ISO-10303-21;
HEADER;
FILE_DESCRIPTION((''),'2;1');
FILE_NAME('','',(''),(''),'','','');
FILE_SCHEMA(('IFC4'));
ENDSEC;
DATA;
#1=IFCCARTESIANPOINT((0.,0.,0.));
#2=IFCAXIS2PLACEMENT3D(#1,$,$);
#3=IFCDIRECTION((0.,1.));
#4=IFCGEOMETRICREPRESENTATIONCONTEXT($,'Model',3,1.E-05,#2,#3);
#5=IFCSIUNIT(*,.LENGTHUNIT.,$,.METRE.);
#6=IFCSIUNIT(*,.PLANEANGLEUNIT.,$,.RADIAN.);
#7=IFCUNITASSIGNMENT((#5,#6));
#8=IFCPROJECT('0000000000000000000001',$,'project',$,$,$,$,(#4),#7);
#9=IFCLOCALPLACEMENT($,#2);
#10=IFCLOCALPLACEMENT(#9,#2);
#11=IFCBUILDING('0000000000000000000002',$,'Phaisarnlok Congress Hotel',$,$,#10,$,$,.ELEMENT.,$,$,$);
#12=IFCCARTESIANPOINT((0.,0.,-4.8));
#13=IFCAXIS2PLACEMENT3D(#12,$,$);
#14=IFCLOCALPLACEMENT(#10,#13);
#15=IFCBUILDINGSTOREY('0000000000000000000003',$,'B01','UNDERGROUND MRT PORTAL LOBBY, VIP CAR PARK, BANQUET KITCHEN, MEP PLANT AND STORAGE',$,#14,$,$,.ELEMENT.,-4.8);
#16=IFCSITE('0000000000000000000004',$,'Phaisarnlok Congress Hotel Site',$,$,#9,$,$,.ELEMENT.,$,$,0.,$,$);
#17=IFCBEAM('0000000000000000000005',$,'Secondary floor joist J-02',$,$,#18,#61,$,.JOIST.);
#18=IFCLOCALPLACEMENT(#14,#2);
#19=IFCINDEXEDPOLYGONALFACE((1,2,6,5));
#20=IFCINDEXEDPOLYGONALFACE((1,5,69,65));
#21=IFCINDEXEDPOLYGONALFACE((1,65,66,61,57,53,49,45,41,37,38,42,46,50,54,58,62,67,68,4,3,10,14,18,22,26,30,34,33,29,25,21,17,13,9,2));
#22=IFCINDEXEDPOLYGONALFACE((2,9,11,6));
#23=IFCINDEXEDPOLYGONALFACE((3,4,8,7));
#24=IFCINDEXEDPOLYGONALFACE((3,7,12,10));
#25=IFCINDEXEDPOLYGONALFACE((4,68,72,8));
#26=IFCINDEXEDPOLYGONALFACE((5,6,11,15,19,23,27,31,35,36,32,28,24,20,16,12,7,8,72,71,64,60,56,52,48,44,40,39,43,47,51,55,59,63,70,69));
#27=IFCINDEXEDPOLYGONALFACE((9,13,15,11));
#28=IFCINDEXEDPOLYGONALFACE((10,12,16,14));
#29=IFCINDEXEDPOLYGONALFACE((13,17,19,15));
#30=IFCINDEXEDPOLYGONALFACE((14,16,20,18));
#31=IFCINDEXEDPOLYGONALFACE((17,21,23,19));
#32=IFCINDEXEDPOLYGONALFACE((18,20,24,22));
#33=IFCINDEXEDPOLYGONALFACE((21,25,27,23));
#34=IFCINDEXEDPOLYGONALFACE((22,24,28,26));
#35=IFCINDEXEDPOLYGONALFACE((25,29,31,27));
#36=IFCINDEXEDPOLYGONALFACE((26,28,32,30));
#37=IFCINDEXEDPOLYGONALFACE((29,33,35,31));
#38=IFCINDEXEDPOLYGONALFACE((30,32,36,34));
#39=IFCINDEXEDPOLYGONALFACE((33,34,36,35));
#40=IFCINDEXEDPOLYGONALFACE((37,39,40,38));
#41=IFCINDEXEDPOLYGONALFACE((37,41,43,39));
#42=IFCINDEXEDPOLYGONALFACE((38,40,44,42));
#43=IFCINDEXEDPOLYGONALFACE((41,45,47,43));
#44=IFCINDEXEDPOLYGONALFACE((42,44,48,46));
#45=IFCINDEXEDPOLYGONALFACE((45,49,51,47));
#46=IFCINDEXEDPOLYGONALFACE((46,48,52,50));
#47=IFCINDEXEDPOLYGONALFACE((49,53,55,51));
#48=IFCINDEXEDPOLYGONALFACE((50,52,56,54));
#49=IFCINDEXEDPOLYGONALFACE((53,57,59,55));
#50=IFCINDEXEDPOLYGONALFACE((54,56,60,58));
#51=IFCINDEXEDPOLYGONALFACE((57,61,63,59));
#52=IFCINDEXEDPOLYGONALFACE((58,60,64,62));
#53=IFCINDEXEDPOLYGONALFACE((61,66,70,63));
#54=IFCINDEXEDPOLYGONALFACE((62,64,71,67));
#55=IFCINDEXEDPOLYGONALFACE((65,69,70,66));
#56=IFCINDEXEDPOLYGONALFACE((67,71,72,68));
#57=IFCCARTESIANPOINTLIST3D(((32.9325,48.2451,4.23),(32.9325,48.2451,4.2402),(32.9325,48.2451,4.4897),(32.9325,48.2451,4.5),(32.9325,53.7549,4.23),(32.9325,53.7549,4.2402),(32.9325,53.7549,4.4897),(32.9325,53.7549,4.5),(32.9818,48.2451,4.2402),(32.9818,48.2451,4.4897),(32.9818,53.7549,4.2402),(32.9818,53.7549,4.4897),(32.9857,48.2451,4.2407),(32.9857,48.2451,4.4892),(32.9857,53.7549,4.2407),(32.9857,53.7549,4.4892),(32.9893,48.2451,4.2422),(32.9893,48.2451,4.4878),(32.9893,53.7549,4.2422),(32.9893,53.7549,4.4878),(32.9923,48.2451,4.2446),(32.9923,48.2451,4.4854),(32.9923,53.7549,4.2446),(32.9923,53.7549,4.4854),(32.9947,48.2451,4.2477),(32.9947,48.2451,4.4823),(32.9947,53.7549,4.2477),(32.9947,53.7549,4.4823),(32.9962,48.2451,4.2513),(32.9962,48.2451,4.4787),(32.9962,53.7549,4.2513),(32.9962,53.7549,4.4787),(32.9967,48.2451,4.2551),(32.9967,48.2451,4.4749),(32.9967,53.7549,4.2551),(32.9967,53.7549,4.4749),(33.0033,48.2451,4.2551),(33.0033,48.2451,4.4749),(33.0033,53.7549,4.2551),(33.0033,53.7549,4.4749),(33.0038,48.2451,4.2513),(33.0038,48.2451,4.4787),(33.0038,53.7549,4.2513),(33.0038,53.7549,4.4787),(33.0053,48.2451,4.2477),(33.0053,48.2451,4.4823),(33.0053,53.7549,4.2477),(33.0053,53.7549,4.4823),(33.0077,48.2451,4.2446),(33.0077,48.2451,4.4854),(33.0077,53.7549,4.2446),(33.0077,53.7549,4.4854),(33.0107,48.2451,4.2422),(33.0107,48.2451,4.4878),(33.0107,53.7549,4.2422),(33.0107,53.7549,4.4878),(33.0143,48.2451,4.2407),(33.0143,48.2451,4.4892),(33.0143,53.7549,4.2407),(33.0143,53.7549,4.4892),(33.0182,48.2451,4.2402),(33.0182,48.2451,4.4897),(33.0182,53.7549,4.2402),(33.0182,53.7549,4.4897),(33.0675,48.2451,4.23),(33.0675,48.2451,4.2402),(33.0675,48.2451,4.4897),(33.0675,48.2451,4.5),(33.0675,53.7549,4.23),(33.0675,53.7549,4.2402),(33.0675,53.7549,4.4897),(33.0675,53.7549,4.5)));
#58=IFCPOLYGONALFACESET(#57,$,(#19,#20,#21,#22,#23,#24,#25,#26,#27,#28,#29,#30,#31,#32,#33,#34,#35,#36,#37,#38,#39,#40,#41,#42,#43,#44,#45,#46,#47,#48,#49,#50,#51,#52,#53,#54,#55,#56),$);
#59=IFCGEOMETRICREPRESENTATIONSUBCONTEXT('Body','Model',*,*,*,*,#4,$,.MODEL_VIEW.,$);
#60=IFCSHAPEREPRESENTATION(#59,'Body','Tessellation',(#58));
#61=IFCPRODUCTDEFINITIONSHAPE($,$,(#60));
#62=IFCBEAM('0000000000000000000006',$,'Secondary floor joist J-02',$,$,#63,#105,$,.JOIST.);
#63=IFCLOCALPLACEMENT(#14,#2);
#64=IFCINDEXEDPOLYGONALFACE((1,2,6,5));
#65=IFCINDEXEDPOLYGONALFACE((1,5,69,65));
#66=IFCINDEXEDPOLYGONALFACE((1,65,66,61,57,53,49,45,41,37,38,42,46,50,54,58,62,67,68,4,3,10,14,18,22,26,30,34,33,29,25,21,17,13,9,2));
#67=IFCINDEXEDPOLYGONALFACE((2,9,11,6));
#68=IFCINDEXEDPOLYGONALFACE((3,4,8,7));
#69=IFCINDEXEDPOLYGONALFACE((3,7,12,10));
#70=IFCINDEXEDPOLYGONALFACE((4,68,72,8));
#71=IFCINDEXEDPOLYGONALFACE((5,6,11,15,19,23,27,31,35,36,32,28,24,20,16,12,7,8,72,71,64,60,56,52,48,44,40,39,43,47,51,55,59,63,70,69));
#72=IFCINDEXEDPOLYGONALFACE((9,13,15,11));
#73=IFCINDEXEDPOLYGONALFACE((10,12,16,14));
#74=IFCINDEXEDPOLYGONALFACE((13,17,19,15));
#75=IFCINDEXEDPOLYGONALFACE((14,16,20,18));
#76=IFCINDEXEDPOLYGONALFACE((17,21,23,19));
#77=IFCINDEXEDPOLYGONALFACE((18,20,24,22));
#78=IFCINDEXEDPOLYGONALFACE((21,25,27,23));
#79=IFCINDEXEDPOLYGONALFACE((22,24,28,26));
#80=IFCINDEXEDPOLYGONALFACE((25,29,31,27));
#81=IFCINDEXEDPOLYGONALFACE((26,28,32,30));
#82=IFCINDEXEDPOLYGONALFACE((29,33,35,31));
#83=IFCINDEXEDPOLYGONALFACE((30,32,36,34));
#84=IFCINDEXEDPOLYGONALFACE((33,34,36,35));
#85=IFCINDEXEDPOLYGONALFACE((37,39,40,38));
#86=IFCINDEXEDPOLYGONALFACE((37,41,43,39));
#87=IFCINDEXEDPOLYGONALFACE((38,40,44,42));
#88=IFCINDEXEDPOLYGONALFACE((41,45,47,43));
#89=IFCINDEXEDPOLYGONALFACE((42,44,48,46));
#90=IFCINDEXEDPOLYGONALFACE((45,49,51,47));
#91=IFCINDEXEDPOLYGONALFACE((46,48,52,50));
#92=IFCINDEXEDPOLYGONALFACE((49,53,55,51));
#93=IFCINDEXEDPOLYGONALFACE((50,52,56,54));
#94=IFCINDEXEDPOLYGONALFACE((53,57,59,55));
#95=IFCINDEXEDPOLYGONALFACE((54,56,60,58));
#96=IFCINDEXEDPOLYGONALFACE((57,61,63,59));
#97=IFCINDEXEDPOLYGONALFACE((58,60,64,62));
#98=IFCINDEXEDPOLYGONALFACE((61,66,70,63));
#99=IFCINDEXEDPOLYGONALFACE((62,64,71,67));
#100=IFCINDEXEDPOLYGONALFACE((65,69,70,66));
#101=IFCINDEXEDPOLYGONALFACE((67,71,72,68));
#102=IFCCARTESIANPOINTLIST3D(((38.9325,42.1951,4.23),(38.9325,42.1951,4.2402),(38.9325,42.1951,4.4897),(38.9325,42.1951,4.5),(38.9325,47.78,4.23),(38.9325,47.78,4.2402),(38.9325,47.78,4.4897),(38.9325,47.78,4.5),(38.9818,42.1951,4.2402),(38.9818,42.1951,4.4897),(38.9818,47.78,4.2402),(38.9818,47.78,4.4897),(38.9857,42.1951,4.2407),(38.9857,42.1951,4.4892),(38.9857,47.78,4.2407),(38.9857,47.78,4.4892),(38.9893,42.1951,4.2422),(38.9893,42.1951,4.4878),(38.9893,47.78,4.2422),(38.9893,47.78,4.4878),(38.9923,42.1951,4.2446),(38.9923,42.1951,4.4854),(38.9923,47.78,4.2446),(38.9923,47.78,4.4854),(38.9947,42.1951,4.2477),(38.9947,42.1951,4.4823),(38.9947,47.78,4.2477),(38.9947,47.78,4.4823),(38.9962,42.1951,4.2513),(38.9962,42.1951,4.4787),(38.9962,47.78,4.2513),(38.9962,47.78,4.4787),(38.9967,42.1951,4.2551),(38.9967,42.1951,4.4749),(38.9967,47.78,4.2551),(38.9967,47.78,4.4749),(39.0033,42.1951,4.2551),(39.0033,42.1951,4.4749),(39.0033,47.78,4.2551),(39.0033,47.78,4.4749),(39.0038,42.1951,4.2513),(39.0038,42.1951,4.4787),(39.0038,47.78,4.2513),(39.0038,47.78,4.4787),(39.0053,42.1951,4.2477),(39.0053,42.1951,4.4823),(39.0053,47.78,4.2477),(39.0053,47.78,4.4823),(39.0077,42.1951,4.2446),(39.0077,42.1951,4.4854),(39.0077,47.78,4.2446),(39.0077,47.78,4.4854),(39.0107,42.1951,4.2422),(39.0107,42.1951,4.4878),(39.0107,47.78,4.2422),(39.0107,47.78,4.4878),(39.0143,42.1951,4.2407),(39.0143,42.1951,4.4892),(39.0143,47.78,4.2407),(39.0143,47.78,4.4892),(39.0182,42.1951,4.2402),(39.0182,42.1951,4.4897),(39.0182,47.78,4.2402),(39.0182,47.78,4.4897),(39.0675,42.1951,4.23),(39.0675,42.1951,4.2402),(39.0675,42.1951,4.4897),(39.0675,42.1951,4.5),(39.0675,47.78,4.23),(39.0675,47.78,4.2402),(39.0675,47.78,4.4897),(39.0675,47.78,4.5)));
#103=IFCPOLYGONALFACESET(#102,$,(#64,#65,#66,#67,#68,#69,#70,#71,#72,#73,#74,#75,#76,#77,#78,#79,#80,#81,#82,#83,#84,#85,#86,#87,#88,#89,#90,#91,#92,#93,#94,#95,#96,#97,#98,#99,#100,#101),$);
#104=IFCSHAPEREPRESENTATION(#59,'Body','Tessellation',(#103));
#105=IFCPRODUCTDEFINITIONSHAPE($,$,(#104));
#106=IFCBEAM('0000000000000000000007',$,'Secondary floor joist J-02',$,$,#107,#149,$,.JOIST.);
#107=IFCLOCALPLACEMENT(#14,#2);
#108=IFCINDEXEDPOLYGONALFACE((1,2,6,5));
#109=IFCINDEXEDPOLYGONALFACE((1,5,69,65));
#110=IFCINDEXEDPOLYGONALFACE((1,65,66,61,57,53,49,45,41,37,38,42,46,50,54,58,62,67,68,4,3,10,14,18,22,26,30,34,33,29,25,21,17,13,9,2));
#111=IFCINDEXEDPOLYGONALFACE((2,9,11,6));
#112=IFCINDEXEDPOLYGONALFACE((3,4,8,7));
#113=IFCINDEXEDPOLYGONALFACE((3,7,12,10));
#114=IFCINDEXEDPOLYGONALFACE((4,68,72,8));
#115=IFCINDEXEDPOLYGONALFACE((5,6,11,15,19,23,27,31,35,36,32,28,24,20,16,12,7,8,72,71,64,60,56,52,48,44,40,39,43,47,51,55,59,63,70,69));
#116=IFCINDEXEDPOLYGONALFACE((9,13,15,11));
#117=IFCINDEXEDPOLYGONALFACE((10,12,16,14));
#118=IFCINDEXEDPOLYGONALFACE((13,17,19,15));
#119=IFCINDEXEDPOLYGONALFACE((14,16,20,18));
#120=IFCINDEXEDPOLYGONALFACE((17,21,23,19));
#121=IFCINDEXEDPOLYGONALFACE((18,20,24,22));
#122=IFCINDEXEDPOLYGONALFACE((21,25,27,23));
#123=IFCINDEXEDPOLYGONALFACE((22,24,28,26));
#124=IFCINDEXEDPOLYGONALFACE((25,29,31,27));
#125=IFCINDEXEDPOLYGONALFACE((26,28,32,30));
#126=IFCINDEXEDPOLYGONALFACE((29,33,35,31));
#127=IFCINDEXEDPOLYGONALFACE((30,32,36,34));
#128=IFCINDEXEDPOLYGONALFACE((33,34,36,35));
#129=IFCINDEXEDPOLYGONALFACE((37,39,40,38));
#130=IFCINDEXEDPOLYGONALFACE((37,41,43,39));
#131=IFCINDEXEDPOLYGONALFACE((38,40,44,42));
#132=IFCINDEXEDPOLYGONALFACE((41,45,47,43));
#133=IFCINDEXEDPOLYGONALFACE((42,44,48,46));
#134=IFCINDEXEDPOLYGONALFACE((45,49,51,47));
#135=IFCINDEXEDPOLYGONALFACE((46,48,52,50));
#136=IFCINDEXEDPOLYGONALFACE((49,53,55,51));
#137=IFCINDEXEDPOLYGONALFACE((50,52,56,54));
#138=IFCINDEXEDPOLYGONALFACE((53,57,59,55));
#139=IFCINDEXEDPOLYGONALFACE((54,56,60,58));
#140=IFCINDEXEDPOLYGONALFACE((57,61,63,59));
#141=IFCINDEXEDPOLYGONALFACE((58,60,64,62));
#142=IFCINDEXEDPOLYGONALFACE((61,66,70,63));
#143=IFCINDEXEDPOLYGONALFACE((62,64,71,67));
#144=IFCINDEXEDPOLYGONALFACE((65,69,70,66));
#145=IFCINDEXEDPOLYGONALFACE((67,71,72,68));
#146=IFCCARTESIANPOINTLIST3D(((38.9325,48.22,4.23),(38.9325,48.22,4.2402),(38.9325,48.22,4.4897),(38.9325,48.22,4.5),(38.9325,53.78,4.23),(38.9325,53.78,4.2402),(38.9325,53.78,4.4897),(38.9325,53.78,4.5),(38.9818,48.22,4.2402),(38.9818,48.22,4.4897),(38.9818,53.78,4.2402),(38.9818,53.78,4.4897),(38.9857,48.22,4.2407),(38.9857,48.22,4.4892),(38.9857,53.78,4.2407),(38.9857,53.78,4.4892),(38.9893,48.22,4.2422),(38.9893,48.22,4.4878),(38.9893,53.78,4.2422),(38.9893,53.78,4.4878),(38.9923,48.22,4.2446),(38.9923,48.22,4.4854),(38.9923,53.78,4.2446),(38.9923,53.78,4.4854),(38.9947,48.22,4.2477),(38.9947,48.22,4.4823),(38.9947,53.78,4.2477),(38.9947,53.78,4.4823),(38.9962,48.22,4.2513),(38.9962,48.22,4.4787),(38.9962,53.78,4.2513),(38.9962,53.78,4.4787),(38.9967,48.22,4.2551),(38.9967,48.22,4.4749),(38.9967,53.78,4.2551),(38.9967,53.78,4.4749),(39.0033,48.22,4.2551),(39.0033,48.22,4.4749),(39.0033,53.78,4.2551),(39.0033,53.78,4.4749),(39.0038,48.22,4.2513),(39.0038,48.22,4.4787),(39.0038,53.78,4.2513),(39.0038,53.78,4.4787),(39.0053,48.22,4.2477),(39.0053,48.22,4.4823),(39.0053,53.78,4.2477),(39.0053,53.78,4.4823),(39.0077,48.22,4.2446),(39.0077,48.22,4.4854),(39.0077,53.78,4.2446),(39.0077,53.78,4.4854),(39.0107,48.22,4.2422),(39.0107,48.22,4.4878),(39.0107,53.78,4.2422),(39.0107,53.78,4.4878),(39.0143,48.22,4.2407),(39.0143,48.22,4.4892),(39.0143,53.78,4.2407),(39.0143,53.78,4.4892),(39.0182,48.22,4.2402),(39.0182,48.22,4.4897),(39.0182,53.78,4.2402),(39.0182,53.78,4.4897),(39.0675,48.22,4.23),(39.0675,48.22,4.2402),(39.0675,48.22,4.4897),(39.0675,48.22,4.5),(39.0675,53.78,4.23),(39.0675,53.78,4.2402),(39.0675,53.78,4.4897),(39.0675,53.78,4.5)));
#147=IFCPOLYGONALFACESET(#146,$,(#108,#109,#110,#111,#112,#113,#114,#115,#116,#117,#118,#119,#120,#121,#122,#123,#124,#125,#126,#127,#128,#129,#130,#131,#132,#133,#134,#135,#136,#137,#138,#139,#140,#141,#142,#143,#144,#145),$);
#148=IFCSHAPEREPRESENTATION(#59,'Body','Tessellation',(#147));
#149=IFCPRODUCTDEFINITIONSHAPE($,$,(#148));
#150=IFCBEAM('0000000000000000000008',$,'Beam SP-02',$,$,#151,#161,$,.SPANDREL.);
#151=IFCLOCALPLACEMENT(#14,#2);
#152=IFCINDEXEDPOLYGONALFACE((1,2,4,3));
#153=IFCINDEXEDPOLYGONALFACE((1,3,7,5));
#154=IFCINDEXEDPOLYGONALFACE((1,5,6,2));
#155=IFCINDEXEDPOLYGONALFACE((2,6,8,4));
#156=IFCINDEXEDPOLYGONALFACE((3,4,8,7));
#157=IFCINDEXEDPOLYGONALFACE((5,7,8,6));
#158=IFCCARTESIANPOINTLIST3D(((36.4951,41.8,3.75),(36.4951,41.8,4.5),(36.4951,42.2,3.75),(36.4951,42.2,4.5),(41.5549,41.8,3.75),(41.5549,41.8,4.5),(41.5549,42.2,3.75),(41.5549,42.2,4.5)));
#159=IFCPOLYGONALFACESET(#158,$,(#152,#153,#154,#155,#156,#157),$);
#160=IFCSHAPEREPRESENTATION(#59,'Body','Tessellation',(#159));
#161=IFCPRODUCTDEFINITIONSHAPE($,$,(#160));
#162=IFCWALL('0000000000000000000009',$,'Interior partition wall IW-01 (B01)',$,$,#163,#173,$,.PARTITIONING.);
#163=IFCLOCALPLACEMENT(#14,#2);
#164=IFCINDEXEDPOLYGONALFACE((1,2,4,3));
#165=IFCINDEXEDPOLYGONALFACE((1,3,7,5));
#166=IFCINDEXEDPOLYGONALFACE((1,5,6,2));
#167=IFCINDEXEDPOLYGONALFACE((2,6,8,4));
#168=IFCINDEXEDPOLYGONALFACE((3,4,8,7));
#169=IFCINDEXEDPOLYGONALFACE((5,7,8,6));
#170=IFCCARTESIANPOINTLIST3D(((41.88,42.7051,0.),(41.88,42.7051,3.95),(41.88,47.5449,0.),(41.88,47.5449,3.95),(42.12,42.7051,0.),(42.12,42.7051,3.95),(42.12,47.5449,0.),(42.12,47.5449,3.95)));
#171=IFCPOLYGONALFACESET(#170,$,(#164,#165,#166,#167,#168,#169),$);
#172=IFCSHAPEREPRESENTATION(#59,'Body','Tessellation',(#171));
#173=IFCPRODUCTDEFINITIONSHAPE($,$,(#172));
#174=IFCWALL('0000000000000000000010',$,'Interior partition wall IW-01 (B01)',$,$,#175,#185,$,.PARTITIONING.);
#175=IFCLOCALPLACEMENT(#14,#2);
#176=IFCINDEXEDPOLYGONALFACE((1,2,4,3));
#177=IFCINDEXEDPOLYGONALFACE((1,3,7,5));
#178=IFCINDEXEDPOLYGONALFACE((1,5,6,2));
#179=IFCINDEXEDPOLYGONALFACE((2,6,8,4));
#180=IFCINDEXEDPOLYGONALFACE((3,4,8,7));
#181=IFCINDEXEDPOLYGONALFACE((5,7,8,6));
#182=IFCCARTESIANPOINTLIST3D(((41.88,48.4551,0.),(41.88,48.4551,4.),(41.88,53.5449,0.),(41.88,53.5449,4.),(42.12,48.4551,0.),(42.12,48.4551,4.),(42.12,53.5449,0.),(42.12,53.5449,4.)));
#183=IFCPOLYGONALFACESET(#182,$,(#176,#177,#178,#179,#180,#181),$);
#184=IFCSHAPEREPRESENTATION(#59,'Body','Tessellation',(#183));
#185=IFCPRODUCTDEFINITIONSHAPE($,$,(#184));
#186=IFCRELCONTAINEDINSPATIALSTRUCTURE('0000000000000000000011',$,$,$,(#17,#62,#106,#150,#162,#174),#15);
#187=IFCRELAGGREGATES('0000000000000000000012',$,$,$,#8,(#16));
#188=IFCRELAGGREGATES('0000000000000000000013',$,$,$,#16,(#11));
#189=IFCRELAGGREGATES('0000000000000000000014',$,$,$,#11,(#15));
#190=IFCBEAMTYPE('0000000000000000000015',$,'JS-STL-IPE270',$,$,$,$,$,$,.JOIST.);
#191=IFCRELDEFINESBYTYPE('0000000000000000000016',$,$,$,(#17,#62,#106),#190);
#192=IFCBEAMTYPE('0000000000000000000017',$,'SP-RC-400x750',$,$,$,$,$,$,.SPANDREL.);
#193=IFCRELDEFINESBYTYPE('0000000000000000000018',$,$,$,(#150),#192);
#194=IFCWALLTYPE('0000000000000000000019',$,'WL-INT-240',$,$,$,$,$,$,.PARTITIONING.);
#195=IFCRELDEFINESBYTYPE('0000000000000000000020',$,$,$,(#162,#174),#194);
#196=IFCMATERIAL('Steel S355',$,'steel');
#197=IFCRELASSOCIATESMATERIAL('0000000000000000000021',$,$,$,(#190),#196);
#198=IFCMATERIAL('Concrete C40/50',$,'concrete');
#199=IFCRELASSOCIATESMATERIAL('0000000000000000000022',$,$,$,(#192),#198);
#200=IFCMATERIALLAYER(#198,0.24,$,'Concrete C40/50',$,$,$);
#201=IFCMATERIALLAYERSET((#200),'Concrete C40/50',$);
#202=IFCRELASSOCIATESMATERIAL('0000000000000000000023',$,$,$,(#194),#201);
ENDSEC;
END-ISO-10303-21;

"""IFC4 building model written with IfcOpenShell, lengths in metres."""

from ifc_helpers import new_model, si_unit, direction, frame, frame_2d, origin, origin_2d, place, context, subcontext, project, spatial, rectangle, i_section, extrude, material, layer, layer_set, material_profile, profile_set, type_object, element, save


model = new_model("IFC4")

# Units and contexts
model_context = context("Model", 3, precision=1e-05, world=origin(), true_north=direction((0.0, 1.0)))
body_context = subcontext(model_context, "Body", "Model", "MODEL_VIEW")
ifc_project = project(units=[si_unit("LENGTHUNIT", "METRE"), si_unit("PLANEANGLEUNIT", "RADIAN")], contexts=[model_context])

# Site, building, storey
site_placement = place(None, origin())
site = spatial("IfcSite", under=ifc_project, at=site_placement, Name="Phaisarnlok Congress Hotel Site", CompositionType="ELEMENT", RefElevation=0.0)
building_placement = place(site_placement, origin())
building = spatial("IfcBuilding", under=site, at=building_placement, Name="Phaisarnlok Congress Hotel", CompositionType="ELEMENT")
storey_placement = place(building_placement, frame((0.0, 0.0, -4.8)))
storey = spatial("IfcBuildingStorey", under=building, at=storey_placement, Name="B01", Description="UNDERGROUND MRT PORTAL LOBBY, VIP CAR PARK, BANQUET KITCHEN, MEP PLANT AND STORAGE", CompositionType="ELEMENT", Elevation=-4.8)

# Shared definitions
ifc_material_1 = material(Name="Concrete C40/50", Category="concrete")

# Beams
ifc_material_2 = material(Name="Steel S355", Category="steel")
ifc_material_profile_1 = material_profile(ifc_material_2, i_section(OverallWidth=0.135, OverallDepth=0.27, WebThickness=0.0066, FlangeThickness=0.0103, FilletRadius=0.0149, at=origin_2d()), Name="IPE 270")
ifc_profile_set_1 = profile_set([ifc_material_profile_1], Name="Steel S355")
beam_type_1 = type_object("IfcBeamType", Name="JS-STL-IPE270", PredefinedType="JOIST", material=ifc_profile_set_1)
beam_1_placement = place(storey_placement, frame((33.0, 48.2451, 4.365), z_axis=(0.0, 1.0, 0.0), x_axis=(-1.0, 0.0, 0.0)))
element("IfcBeam", 1, at=beam_1_placement, inside=storey, type_object=beam_type_1, Name="Secondary floor joist J-02", PredefinedType="JOIST", context=body_context, shape_type="SweptSolid", body=[
    extrude(i_section(OverallWidth=0.135, OverallDepth=0.27, WebThickness=0.0066, FlangeThickness=0.0103, FilletRadius=0.0149, at=origin_2d()), origin(), (0.0, 0.0, 1.0), 5.5098),
])
beam_2_placement = place(storey_placement, frame((39.0, 42.1951, 4.365), z_axis=(0.0, 1.0, 0.0), x_axis=(-1.0, 0.0, 0.0)))
element("IfcBeam", 2, at=beam_2_placement, inside=storey, type_object=beam_type_1, Name="Secondary floor joist J-02", PredefinedType="JOIST", context=body_context, shape_type="SweptSolid", body=[
    extrude(i_section(OverallWidth=0.135, OverallDepth=0.27, WebThickness=0.0066, FlangeThickness=0.0103, FilletRadius=0.0149, at=origin_2d()), origin(), (0.0, 0.0, 1.0), 5.585),
])
beam_3_placement = place(storey_placement, frame((39.0, 48.22, 4.365), z_axis=(0.0, 1.0, 0.0), x_axis=(-1.0, 0.0, 0.0)))
element("IfcBeam", 3, at=beam_3_placement, inside=storey, type_object=beam_type_1, Name="Secondary floor joist J-02", PredefinedType="JOIST", context=body_context, shape_type="SweptSolid", body=[
    extrude(i_section(OverallWidth=0.135, OverallDepth=0.27, WebThickness=0.0066, FlangeThickness=0.0103, FilletRadius=0.0149, at=origin_2d()), origin(), (0.0, 0.0, 1.0), 5.5601),
])
ifc_material_profile_2 = material_profile(ifc_material_1, rectangle(XDim=0.3999, YDim=0.75, at=origin_2d()), Name="RC 400x750")
ifc_profile_set_2 = profile_set([ifc_material_profile_2], Name="Concrete C40/50")
beam_type_2 = type_object("IfcBeamType", Name="SP-RC-400x750", PredefinedType="SPANDREL", material=ifc_profile_set_2)
beam_4_placement = place(storey_placement, frame((36.4951, 42.0, 4.125), z_axis=(1.0, 0.0, 0.0), x_axis=(0.0, 1.0, 0.0)))
element("IfcBeam", 4, at=beam_4_placement, inside=storey, type_object=beam_type_2, Name="Beam SP-02", PredefinedType="SPANDREL", context=body_context, shape_type="SweptSolid", body=[
    extrude(rectangle(XDim=0.3999, YDim=0.75, at=origin_2d()), origin(), (0.0, 0.0, 1.0), 5.0598),
])

# Walls
ifc_layer = layer(ifc_material_1, 0.24, Name="Concrete C40/50")
ifc_layer_set = layer_set([ifc_layer], Name="Concrete C40/50")
wall_type = type_object("IfcWallType", Name="WL-INT-240", PredefinedType="PARTITIONING", material=ifc_layer_set)
wall_1_placement = place(storey_placement, frame((42.0, 42.7051, 0.0), z_axis=(0.0, 0.0, 1.0), x_axis=(0.0, 1.0, 0.0)))
element("IfcWall", 5, at=wall_1_placement, inside=storey, type_object=wall_type, Name="Interior partition wall IW-01 (B01)", PredefinedType="PARTITIONING", context=body_context, shape_type="SweptSolid", body=[
    extrude(rectangle(XDim=4.8398, YDim=0.24, at=frame_2d((2.4199, 0.0))), origin(), (0.0, 0.0, 1.0), 3.95),
])
wall_2_placement = place(storey_placement, frame((42.0, 48.4551, 0.0), z_axis=(0.0, 0.0, 1.0), x_axis=(0.0, 1.0, 0.0)))
element("IfcWall", 6, at=wall_2_placement, inside=storey, type_object=wall_type, Name="Interior partition wall IW-01 (B01)", PredefinedType="PARTITIONING", context=body_context, shape_type="SweptSolid", body=[
    extrude(rectangle(XDim=5.0898, YDim=0.24, at=frame_2d((2.5449, 0.0))), origin(), (0.0, 0.0, 1.0), 4.0),
])

save(model, "model.ifc")
